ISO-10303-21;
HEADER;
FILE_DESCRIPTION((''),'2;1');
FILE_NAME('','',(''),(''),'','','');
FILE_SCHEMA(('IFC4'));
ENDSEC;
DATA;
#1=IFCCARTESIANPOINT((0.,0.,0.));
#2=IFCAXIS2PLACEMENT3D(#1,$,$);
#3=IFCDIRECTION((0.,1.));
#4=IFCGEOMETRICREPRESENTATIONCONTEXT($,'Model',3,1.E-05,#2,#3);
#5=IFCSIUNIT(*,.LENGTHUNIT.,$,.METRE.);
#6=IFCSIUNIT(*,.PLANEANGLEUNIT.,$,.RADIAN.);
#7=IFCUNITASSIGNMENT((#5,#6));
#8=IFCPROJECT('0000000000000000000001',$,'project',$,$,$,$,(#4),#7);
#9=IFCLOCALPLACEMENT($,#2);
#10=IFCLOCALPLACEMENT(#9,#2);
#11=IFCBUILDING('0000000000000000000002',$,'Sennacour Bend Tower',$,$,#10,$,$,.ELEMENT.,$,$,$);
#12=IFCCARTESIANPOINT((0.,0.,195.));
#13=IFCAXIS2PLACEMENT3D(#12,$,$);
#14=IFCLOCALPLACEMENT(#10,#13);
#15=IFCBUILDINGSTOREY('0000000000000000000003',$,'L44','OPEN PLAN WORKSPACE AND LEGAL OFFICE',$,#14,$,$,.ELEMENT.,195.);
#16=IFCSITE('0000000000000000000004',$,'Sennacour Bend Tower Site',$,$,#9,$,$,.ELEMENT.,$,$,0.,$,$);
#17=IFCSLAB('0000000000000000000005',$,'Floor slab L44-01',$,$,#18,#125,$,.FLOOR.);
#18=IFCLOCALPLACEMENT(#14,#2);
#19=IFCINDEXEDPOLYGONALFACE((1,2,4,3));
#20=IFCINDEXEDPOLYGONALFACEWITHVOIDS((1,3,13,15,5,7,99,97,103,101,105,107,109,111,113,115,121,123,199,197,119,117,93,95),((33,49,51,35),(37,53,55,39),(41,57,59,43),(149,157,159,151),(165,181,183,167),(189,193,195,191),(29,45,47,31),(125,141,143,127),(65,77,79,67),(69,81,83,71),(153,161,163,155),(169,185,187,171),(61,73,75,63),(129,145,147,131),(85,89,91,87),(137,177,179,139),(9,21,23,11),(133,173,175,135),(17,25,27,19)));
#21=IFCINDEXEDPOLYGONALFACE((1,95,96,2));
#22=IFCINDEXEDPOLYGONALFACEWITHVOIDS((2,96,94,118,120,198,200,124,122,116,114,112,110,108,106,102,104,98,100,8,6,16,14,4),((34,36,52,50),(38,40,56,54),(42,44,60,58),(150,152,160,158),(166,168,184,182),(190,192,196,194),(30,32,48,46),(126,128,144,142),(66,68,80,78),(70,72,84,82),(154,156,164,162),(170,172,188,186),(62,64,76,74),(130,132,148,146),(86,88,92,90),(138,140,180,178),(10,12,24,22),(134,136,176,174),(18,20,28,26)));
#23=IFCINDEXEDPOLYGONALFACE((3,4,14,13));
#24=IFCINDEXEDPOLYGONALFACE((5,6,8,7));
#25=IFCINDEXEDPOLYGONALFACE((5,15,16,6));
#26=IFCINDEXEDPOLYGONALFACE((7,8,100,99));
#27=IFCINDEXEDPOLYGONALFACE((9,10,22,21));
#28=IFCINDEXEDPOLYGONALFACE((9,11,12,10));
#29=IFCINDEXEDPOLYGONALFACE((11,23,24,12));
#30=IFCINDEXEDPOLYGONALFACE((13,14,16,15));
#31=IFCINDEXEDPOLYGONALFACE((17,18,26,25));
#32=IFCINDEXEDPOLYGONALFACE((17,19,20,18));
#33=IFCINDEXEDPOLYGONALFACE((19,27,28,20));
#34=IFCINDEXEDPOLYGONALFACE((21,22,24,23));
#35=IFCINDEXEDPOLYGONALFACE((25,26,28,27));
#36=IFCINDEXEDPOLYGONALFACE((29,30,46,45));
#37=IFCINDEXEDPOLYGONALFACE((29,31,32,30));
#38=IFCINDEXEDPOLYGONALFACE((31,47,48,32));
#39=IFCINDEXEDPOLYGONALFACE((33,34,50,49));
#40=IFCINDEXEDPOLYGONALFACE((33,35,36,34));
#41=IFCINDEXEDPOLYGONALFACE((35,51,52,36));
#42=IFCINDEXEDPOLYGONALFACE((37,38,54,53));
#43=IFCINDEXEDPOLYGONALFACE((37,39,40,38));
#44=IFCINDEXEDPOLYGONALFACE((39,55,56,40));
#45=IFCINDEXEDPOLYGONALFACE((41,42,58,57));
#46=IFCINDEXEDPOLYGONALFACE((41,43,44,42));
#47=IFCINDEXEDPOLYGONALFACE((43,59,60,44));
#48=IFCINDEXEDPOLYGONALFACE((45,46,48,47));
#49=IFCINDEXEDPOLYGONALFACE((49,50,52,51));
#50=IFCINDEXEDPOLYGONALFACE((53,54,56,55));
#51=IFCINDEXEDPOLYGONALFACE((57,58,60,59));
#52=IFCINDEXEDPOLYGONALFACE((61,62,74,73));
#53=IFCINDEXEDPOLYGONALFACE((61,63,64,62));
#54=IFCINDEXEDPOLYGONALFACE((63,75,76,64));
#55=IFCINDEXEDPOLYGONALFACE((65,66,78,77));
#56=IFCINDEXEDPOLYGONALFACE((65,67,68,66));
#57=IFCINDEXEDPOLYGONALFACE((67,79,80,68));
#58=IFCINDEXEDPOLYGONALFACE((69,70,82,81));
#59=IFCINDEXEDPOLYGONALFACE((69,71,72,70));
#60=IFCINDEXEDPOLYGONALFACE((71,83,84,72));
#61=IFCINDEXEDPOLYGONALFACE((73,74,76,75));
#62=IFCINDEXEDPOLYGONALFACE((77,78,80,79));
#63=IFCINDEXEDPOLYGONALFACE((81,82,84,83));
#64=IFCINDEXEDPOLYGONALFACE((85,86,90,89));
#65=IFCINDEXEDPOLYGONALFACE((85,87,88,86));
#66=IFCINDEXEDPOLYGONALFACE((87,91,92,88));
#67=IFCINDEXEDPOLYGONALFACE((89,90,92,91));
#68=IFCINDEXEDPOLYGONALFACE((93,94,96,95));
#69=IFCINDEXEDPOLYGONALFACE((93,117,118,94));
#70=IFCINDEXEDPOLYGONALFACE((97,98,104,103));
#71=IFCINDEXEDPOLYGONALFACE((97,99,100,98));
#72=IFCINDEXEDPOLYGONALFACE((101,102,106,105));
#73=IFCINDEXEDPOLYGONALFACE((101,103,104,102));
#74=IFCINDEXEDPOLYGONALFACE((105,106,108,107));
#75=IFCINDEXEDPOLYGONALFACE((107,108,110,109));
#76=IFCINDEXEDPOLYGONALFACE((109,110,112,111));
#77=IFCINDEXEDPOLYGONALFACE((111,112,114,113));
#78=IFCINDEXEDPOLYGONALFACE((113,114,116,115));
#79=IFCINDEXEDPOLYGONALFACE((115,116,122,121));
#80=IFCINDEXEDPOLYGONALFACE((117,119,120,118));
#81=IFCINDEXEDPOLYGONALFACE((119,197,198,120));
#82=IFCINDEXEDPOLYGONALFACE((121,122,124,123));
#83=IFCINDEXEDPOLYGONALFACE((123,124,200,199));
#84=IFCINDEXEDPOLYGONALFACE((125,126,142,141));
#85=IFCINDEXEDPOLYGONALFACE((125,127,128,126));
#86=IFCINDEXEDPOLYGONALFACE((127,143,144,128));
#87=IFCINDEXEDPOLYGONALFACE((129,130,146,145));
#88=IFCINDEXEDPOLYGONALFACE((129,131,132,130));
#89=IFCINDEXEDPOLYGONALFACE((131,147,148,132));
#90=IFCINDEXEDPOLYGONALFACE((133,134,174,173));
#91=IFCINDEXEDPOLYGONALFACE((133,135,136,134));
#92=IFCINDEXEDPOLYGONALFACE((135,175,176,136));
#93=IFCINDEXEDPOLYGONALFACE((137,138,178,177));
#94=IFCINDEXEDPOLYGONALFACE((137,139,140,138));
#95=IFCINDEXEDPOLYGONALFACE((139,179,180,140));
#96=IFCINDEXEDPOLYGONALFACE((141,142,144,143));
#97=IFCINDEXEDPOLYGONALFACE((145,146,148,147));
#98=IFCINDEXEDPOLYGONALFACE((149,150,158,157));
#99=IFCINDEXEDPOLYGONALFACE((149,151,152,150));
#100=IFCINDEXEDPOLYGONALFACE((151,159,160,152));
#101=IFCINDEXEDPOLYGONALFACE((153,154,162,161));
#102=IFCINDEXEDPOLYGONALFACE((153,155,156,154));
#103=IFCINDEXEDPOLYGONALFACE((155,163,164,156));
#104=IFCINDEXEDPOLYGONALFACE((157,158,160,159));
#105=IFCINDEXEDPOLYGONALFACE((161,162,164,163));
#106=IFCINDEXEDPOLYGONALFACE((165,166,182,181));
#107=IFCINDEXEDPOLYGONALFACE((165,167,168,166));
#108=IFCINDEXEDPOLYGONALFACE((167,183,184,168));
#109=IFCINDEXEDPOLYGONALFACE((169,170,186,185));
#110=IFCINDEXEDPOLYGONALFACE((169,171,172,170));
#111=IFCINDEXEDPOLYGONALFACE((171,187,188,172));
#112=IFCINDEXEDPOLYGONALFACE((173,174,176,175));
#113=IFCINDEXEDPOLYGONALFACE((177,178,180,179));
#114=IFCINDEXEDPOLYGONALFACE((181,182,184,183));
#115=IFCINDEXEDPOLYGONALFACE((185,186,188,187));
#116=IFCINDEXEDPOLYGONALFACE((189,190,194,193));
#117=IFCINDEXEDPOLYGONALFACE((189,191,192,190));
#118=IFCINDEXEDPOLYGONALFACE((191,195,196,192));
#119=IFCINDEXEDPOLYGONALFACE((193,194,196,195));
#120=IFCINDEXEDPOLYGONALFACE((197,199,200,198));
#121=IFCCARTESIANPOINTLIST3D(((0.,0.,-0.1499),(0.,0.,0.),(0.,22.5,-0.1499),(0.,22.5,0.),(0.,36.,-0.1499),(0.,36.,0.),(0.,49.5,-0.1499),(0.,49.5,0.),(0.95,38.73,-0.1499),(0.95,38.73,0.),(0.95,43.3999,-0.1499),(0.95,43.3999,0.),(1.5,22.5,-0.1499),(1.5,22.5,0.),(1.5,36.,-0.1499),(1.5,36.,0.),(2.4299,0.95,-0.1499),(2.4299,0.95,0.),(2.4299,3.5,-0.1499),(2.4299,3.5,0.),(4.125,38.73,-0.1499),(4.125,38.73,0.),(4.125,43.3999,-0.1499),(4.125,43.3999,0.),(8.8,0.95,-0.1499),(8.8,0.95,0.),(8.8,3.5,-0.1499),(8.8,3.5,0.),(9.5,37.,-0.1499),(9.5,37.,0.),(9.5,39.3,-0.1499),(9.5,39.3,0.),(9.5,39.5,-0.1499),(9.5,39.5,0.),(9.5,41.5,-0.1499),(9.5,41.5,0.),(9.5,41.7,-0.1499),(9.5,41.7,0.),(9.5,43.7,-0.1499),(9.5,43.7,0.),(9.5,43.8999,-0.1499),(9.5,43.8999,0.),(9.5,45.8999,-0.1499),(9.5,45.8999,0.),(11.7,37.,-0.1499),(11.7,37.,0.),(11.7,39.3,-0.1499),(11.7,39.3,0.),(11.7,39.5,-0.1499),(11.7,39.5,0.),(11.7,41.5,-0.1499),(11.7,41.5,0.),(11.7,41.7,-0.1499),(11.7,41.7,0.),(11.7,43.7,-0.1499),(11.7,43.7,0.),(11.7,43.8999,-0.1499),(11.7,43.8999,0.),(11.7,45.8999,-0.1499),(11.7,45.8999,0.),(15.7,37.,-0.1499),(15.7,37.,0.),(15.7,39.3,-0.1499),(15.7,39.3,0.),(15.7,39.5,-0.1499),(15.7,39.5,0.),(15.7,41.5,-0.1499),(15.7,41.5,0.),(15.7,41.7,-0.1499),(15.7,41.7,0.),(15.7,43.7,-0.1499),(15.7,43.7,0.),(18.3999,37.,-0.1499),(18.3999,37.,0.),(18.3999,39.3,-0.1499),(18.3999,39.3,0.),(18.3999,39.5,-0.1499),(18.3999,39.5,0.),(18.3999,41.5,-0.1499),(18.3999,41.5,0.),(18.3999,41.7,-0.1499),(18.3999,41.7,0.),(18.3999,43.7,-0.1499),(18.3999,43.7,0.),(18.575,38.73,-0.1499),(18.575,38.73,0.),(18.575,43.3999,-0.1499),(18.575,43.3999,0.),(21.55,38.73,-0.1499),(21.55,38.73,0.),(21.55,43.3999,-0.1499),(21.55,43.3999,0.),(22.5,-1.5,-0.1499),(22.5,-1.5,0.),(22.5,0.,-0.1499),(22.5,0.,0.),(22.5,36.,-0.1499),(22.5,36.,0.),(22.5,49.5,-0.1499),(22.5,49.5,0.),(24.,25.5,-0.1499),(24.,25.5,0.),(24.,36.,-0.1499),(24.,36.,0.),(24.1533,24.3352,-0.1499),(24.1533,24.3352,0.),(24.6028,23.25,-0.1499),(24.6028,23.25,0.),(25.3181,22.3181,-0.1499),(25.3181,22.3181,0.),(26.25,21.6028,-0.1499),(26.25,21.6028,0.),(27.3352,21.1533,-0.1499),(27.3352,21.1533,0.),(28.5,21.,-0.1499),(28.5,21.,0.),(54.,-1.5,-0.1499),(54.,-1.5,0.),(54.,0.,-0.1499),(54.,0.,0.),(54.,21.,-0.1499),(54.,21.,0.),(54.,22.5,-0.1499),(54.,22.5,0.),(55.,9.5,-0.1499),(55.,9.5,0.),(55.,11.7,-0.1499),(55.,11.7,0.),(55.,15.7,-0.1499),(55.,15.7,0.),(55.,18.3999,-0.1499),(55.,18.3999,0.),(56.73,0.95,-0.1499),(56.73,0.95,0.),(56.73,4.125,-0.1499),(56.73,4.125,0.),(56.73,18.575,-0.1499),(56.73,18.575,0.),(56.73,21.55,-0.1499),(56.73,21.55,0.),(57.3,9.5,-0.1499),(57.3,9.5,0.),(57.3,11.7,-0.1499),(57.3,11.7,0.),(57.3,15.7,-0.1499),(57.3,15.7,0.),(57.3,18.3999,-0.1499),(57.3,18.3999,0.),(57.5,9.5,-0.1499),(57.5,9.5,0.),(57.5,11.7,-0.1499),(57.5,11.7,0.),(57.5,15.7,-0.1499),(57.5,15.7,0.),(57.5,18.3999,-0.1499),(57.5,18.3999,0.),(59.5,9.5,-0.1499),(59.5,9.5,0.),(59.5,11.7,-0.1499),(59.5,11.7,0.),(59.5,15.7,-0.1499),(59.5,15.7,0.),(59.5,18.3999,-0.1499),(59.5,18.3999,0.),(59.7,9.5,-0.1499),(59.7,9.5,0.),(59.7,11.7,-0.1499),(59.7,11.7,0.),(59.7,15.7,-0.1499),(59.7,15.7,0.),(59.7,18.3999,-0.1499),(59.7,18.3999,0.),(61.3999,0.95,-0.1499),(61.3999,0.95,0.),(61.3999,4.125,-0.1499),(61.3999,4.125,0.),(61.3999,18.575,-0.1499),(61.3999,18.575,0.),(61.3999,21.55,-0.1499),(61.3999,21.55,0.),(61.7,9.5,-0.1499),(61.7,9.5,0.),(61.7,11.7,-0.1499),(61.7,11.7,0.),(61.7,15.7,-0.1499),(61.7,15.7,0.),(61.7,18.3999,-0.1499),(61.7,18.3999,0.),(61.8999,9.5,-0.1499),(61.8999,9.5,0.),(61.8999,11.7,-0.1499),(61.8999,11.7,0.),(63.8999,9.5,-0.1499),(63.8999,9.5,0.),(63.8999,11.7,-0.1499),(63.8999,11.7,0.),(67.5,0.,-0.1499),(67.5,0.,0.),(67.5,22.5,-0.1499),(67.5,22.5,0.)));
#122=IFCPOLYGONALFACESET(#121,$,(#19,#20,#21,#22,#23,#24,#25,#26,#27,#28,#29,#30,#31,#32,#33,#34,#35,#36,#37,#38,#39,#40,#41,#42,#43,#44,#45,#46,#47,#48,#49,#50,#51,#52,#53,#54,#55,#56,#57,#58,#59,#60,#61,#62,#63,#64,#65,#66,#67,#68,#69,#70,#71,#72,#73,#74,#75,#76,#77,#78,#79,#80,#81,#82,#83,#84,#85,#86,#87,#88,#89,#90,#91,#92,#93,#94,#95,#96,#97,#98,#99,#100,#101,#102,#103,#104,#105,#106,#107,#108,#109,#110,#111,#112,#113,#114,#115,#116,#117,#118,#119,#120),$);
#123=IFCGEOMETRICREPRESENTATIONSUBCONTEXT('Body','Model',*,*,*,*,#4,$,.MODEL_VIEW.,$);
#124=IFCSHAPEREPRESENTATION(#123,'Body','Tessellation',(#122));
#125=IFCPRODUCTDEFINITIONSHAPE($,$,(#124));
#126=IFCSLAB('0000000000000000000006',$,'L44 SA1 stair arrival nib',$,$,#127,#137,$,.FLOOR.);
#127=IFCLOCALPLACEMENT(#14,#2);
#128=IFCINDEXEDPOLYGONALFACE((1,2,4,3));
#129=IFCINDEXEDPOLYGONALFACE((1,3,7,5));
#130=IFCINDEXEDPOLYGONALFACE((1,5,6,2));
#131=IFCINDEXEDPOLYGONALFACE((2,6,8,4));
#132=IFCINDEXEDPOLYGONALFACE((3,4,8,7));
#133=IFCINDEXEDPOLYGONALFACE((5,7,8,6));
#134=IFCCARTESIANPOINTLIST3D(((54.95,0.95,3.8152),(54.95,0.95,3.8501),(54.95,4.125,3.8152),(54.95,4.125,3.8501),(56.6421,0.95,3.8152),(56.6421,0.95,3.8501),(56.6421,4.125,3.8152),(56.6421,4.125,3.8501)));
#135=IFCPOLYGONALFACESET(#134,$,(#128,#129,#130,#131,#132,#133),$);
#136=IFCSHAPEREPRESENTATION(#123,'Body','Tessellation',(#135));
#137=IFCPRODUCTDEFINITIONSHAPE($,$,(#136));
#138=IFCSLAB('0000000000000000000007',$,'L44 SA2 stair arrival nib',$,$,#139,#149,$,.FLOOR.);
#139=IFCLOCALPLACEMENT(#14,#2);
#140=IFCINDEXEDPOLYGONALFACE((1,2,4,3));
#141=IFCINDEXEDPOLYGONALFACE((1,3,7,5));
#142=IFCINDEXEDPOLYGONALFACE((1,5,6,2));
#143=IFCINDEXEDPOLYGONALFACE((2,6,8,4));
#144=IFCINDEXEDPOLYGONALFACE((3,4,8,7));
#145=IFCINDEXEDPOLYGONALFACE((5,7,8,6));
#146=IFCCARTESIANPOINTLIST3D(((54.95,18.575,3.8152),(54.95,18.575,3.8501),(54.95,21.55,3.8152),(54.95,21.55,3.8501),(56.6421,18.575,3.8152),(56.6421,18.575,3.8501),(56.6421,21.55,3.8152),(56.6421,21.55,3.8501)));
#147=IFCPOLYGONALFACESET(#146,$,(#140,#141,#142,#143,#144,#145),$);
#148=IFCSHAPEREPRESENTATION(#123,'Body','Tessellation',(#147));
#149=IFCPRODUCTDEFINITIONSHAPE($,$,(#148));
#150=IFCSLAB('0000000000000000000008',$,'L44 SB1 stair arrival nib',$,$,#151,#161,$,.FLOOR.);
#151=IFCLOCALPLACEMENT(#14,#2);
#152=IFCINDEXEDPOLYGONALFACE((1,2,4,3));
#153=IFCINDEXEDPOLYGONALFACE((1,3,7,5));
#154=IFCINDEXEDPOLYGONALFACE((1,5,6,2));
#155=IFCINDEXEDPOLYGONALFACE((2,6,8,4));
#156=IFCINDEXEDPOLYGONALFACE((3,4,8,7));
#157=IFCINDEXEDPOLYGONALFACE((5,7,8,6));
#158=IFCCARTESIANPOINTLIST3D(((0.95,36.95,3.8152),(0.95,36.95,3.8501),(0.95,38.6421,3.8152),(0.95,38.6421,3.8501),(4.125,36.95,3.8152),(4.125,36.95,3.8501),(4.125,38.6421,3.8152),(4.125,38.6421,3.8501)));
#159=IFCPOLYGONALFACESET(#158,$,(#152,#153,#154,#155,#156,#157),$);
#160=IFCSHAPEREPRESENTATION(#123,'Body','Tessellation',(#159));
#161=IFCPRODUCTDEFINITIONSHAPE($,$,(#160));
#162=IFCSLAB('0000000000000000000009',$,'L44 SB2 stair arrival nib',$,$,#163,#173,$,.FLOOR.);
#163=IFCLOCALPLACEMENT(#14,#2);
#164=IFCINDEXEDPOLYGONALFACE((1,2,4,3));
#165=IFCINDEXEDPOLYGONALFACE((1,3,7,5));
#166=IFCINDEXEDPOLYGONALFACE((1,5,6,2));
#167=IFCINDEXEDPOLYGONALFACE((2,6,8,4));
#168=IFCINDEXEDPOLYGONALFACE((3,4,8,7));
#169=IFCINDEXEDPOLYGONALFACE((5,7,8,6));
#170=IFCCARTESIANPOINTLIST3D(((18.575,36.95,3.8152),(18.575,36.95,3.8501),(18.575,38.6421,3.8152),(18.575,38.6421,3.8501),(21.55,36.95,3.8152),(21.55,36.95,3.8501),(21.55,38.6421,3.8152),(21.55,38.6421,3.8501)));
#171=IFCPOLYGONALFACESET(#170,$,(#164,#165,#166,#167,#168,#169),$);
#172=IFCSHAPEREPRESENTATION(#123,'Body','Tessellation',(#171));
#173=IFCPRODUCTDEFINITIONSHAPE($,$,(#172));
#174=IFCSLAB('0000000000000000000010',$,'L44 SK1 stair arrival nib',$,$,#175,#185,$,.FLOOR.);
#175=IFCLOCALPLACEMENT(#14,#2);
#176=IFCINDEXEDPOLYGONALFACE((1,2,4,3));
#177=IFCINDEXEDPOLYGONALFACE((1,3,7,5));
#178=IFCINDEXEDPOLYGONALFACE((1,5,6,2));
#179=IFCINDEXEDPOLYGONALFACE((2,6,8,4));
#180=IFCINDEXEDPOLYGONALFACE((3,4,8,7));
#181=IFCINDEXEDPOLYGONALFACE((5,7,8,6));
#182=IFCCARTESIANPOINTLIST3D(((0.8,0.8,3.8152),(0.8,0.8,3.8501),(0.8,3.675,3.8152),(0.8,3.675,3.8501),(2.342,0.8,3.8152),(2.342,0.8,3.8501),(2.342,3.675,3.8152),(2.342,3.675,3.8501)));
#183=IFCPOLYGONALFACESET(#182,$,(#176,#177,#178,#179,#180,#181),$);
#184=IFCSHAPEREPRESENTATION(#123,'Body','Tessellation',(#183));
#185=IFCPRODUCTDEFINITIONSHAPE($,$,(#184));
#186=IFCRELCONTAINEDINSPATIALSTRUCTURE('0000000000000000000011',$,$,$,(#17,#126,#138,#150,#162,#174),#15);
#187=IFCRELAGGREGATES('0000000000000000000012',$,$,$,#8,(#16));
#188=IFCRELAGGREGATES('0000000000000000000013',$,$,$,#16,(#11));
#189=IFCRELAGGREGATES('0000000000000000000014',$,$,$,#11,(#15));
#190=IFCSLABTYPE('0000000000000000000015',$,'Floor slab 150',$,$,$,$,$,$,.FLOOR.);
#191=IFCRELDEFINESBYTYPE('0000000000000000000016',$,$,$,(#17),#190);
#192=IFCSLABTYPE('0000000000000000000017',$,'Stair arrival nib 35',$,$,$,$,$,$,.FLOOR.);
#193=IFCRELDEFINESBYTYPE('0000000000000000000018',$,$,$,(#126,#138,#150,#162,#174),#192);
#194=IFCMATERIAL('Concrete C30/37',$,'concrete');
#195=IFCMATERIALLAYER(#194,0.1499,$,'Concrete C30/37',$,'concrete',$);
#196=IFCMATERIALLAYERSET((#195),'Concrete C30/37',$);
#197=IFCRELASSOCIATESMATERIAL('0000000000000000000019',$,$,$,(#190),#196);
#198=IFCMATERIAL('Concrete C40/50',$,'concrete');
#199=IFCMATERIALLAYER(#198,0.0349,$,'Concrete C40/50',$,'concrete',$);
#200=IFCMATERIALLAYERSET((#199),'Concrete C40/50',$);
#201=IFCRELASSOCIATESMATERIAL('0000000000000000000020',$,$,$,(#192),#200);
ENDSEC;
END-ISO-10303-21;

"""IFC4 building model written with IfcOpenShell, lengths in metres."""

from ifc_helpers import new_model, si_unit, direction, frame, origin, place, context, subcontext, project, spatial, polyline, outline, extrude, material, layer, layer_set, type_object, element, save


model = new_model("IFC4")

# Units and contexts
model_context = context("Model", 3, precision=1e-05, world=origin(), true_north=direction((0.0, 1.0)))
body_context = subcontext(model_context, "Body", "Model", "MODEL_VIEW")
ifc_project = project(units=[si_unit("LENGTHUNIT", "METRE"), si_unit("PLANEANGLEUNIT", "RADIAN")], contexts=[model_context])

# Site, building, storey
site_placement = place(None, origin())
site = spatial("IfcSite", under=ifc_project, at=site_placement, Name="Sennacour Bend Tower Site", CompositionType="ELEMENT", RefElevation=0.0)
building_placement = place(site_placement, origin())
building = spatial("IfcBuilding", under=site, at=building_placement, Name="Sennacour Bend Tower", CompositionType="ELEMENT")
storey_placement = place(building_placement, frame((0.0, 0.0, 195.0)))
storey = spatial("IfcBuildingStorey", under=building, at=storey_placement, Name="L44", Description="OPEN PLAN WORKSPACE AND LEGAL OFFICE", CompositionType="ELEMENT", Elevation=195.0)

# Slabs
ifc_material_1 = material(Name="Concrete C30/37", Category="concrete")
ifc_layer_1 = layer(ifc_material_1, 0.1499, Name="Concrete C30/37", Category="concrete")
ifc_layer_set_1 = layer_set([ifc_layer_1], Name="Concrete C30/37")
slab_type_1 = type_object("IfcSlabType", Name="Floor slab 150", PredefinedType="FLOOR", material=ifc_layer_set_1)
slab_1_placement = place(storey_placement, frame((0.0, 0.0, -0.1499)))
element("IfcSlab", 1, at=slab_1_placement, inside=storey, type_object=slab_type_1, Name="Floor slab L44-01", PredefinedType="FLOOR", context=body_context, shape_type="SweptSolid", body=[
    extrude(outline(polyline([(22.5, 0.0), (0.0, 0.0), (0.0, 22.5), (1.5, 22.5), (1.5, 36.0), (0.0, 36.0), (0.0, 49.5), (22.5, 49.5), (22.5, 36.0), (24.0, 36.0), (24.0, 25.5), (24.1533, 24.3352), (24.6028, 23.25), (25.3181, 22.3181), (26.25, 21.6028), (27.3352, 21.1533), (28.5, 21.0), (54.0, 21.0), (54.0, 22.5), (67.5, 22.5), (67.5, 0.0), (54.0, 0.0), (54.0, -1.5), (22.5, -1.5), (22.5, 0.0)]), holes=[polyline([(8.8, 0.95), (8.8, 3.5), (2.4299, 3.5), (2.4299, 0.95), (8.8, 0.95)]), polyline([(11.7, 37.0), (11.7, 39.3), (9.5, 39.3), (9.5, 37.0), (11.7, 37.0)]), polyline([(18.3999, 37.0), (18.3999, 39.3), (15.7, 39.3), (15.7, 37.0), (18.3999, 37.0)]), polyline([(11.7, 39.5), (11.7, 41.5), (9.5, 41.5), (9.5, 39.5), (11.7, 39.5)]), polyline([(18.3999, 39.5), (18.3999, 41.5), (15.7, 41.5), (15.7, 39.5), (18.3999, 39.5)]), polyline([(4.125, 38.73), (4.125, 43.3999), (0.95, 43.3999), (0.95, 38.73), (4.125, 38.73)]), polyline([(21.55, 38.73), (21.55, 43.3999), (18.575, 43.3999), (18.575, 38.73), (21.55, 38.73)]), polyline([(9.5, 41.7), (11.7, 41.7), (11.7, 43.7), (9.5, 43.7), (9.5, 41.7)]), polyline([(15.7, 41.7), (18.3999, 41.7), (18.3999, 43.7), (15.7, 43.7), (15.7, 41.7)]), polyline([(11.7, 43.8999), (11.7, 45.8999), (9.5, 45.8999), (9.5, 43.8999), (11.7, 43.8999)]), polyline([(61.3999, 0.95), (61.3999, 4.125), (56.73, 4.125), (56.73, 0.95), (61.3999, 0.95)]), polyline([(57.3, 9.5), (57.3, 11.7), (55.0, 11.7), (55.0, 9.5), (57.3, 9.5)]), polyline([(57.5, 9.5), (59.5, 9.5), (59.5, 11.7), (57.5, 11.7), (57.5, 9.5)]), polyline([(59.7, 9.5), (61.7, 9.5), (61.7, 11.7), (59.7, 11.7), (59.7, 9.5)]), polyline([(63.8999, 9.5), (63.8999, 11.7), (61.8999, 11.7), (61.8999, 9.5), (63.8999, 9.5)]), polyline([(57.3, 15.7), (57.3, 18.3999), (55.0, 18.3999), (55.0, 15.7), (57.3, 15.7)]), polyline([(59.5, 15.7), (59.5, 18.3999), (57.5, 18.3999), (57.5, 15.7), (59.5, 15.7)]), polyline([(59.7, 15.7), (61.7, 15.7), (61.7, 18.3999), (59.7, 18.3999), (59.7, 15.7)]), polyline([(56.73, 18.575), (61.3999, 18.575), (61.3999, 21.55), (56.73, 21.55), (56.73, 18.575)])]), origin(), (0.0, 0.0, 1.0), 0.1499),
])
ifc_material_2 = material(Name="Concrete C40/50", Category="concrete")
ifc_layer_2 = layer(ifc_material_2, 0.0349, Name="Concrete C40/50", Category="concrete")
ifc_layer_set_2 = layer_set([ifc_layer_2], Name="Concrete C40/50")
slab_type_2 = type_object("IfcSlabType", Name="Stair arrival nib 35", PredefinedType="FLOOR", material=ifc_layer_set_2)
slab_2_placement = place(storey_placement, frame((0.0, 0.0, 3.8152)))
element("IfcSlab", 2, at=slab_2_placement, inside=storey, type_object=slab_type_2, Name="L44 SA1 stair arrival nib", PredefinedType="FLOOR", context=body_context, shape_type="SweptSolid", body=[
    extrude(outline(polyline([(56.6421, 4.125), (54.95, 4.125), (54.95, 0.95), (56.6421, 0.95), (56.6421, 4.125)])), origin(), (0.0, 0.0, 1.0), 0.0349),
])
slab_3_placement = place(storey_placement, frame((0.0, 0.0, 3.8152)))
element("IfcSlab", 3, at=slab_3_placement, inside=storey, type_object=slab_type_2, Name="L44 SA2 stair arrival nib", PredefinedType="FLOOR", context=body_context, shape_type="SweptSolid", body=[
    extrude(outline(polyline([(56.6421, 21.55), (54.95, 21.55), (54.95, 18.575), (56.6421, 18.575), (56.6421, 21.55)])), origin(), (0.0, 0.0, 1.0), 0.0349),
])
slab_4_placement = place(storey_placement, frame((0.0, 0.0, 3.8152)))
element("IfcSlab", 4, at=slab_4_placement, inside=storey, type_object=slab_type_2, Name="L44 SB1 stair arrival nib", PredefinedType="FLOOR", context=body_context, shape_type="SweptSolid", body=[
    extrude(outline(polyline([(0.95, 38.6421), (0.95, 36.95), (4.125, 36.95), (4.125, 38.6421), (0.95, 38.6421)])), origin(), (0.0, 0.0, 1.0), 0.0349),
])
slab_5_placement = place(storey_placement, frame((0.0, 0.0, 3.8152)))
element("IfcSlab", 5, at=slab_5_placement, inside=storey, type_object=slab_type_2, Name="L44 SB2 stair arrival nib", PredefinedType="FLOOR", context=body_context, shape_type="SweptSolid", body=[
    extrude(outline(polyline([(18.575, 38.6421), (18.575, 36.95), (21.55, 36.95), (21.55, 38.6421), (18.575, 38.6421)])), origin(), (0.0, 0.0, 1.0), 0.0349),
])
slab_6_placement = place(storey_placement, frame((0.0, 0.0, 3.8152)))
element("IfcSlab", 6, at=slab_6_placement, inside=storey, type_object=slab_type_2, Name="L44 SK1 stair arrival nib", PredefinedType="FLOOR", context=body_context, shape_type="SweptSolid", body=[
    extrude(outline(polyline([(2.342, 3.675), (0.8, 3.675), (0.8, 0.8), (2.342, 0.8), (2.342, 3.675)])), origin(), (0.0, 0.0, 1.0), 0.0349),
])

save(model, "model.ifc")
